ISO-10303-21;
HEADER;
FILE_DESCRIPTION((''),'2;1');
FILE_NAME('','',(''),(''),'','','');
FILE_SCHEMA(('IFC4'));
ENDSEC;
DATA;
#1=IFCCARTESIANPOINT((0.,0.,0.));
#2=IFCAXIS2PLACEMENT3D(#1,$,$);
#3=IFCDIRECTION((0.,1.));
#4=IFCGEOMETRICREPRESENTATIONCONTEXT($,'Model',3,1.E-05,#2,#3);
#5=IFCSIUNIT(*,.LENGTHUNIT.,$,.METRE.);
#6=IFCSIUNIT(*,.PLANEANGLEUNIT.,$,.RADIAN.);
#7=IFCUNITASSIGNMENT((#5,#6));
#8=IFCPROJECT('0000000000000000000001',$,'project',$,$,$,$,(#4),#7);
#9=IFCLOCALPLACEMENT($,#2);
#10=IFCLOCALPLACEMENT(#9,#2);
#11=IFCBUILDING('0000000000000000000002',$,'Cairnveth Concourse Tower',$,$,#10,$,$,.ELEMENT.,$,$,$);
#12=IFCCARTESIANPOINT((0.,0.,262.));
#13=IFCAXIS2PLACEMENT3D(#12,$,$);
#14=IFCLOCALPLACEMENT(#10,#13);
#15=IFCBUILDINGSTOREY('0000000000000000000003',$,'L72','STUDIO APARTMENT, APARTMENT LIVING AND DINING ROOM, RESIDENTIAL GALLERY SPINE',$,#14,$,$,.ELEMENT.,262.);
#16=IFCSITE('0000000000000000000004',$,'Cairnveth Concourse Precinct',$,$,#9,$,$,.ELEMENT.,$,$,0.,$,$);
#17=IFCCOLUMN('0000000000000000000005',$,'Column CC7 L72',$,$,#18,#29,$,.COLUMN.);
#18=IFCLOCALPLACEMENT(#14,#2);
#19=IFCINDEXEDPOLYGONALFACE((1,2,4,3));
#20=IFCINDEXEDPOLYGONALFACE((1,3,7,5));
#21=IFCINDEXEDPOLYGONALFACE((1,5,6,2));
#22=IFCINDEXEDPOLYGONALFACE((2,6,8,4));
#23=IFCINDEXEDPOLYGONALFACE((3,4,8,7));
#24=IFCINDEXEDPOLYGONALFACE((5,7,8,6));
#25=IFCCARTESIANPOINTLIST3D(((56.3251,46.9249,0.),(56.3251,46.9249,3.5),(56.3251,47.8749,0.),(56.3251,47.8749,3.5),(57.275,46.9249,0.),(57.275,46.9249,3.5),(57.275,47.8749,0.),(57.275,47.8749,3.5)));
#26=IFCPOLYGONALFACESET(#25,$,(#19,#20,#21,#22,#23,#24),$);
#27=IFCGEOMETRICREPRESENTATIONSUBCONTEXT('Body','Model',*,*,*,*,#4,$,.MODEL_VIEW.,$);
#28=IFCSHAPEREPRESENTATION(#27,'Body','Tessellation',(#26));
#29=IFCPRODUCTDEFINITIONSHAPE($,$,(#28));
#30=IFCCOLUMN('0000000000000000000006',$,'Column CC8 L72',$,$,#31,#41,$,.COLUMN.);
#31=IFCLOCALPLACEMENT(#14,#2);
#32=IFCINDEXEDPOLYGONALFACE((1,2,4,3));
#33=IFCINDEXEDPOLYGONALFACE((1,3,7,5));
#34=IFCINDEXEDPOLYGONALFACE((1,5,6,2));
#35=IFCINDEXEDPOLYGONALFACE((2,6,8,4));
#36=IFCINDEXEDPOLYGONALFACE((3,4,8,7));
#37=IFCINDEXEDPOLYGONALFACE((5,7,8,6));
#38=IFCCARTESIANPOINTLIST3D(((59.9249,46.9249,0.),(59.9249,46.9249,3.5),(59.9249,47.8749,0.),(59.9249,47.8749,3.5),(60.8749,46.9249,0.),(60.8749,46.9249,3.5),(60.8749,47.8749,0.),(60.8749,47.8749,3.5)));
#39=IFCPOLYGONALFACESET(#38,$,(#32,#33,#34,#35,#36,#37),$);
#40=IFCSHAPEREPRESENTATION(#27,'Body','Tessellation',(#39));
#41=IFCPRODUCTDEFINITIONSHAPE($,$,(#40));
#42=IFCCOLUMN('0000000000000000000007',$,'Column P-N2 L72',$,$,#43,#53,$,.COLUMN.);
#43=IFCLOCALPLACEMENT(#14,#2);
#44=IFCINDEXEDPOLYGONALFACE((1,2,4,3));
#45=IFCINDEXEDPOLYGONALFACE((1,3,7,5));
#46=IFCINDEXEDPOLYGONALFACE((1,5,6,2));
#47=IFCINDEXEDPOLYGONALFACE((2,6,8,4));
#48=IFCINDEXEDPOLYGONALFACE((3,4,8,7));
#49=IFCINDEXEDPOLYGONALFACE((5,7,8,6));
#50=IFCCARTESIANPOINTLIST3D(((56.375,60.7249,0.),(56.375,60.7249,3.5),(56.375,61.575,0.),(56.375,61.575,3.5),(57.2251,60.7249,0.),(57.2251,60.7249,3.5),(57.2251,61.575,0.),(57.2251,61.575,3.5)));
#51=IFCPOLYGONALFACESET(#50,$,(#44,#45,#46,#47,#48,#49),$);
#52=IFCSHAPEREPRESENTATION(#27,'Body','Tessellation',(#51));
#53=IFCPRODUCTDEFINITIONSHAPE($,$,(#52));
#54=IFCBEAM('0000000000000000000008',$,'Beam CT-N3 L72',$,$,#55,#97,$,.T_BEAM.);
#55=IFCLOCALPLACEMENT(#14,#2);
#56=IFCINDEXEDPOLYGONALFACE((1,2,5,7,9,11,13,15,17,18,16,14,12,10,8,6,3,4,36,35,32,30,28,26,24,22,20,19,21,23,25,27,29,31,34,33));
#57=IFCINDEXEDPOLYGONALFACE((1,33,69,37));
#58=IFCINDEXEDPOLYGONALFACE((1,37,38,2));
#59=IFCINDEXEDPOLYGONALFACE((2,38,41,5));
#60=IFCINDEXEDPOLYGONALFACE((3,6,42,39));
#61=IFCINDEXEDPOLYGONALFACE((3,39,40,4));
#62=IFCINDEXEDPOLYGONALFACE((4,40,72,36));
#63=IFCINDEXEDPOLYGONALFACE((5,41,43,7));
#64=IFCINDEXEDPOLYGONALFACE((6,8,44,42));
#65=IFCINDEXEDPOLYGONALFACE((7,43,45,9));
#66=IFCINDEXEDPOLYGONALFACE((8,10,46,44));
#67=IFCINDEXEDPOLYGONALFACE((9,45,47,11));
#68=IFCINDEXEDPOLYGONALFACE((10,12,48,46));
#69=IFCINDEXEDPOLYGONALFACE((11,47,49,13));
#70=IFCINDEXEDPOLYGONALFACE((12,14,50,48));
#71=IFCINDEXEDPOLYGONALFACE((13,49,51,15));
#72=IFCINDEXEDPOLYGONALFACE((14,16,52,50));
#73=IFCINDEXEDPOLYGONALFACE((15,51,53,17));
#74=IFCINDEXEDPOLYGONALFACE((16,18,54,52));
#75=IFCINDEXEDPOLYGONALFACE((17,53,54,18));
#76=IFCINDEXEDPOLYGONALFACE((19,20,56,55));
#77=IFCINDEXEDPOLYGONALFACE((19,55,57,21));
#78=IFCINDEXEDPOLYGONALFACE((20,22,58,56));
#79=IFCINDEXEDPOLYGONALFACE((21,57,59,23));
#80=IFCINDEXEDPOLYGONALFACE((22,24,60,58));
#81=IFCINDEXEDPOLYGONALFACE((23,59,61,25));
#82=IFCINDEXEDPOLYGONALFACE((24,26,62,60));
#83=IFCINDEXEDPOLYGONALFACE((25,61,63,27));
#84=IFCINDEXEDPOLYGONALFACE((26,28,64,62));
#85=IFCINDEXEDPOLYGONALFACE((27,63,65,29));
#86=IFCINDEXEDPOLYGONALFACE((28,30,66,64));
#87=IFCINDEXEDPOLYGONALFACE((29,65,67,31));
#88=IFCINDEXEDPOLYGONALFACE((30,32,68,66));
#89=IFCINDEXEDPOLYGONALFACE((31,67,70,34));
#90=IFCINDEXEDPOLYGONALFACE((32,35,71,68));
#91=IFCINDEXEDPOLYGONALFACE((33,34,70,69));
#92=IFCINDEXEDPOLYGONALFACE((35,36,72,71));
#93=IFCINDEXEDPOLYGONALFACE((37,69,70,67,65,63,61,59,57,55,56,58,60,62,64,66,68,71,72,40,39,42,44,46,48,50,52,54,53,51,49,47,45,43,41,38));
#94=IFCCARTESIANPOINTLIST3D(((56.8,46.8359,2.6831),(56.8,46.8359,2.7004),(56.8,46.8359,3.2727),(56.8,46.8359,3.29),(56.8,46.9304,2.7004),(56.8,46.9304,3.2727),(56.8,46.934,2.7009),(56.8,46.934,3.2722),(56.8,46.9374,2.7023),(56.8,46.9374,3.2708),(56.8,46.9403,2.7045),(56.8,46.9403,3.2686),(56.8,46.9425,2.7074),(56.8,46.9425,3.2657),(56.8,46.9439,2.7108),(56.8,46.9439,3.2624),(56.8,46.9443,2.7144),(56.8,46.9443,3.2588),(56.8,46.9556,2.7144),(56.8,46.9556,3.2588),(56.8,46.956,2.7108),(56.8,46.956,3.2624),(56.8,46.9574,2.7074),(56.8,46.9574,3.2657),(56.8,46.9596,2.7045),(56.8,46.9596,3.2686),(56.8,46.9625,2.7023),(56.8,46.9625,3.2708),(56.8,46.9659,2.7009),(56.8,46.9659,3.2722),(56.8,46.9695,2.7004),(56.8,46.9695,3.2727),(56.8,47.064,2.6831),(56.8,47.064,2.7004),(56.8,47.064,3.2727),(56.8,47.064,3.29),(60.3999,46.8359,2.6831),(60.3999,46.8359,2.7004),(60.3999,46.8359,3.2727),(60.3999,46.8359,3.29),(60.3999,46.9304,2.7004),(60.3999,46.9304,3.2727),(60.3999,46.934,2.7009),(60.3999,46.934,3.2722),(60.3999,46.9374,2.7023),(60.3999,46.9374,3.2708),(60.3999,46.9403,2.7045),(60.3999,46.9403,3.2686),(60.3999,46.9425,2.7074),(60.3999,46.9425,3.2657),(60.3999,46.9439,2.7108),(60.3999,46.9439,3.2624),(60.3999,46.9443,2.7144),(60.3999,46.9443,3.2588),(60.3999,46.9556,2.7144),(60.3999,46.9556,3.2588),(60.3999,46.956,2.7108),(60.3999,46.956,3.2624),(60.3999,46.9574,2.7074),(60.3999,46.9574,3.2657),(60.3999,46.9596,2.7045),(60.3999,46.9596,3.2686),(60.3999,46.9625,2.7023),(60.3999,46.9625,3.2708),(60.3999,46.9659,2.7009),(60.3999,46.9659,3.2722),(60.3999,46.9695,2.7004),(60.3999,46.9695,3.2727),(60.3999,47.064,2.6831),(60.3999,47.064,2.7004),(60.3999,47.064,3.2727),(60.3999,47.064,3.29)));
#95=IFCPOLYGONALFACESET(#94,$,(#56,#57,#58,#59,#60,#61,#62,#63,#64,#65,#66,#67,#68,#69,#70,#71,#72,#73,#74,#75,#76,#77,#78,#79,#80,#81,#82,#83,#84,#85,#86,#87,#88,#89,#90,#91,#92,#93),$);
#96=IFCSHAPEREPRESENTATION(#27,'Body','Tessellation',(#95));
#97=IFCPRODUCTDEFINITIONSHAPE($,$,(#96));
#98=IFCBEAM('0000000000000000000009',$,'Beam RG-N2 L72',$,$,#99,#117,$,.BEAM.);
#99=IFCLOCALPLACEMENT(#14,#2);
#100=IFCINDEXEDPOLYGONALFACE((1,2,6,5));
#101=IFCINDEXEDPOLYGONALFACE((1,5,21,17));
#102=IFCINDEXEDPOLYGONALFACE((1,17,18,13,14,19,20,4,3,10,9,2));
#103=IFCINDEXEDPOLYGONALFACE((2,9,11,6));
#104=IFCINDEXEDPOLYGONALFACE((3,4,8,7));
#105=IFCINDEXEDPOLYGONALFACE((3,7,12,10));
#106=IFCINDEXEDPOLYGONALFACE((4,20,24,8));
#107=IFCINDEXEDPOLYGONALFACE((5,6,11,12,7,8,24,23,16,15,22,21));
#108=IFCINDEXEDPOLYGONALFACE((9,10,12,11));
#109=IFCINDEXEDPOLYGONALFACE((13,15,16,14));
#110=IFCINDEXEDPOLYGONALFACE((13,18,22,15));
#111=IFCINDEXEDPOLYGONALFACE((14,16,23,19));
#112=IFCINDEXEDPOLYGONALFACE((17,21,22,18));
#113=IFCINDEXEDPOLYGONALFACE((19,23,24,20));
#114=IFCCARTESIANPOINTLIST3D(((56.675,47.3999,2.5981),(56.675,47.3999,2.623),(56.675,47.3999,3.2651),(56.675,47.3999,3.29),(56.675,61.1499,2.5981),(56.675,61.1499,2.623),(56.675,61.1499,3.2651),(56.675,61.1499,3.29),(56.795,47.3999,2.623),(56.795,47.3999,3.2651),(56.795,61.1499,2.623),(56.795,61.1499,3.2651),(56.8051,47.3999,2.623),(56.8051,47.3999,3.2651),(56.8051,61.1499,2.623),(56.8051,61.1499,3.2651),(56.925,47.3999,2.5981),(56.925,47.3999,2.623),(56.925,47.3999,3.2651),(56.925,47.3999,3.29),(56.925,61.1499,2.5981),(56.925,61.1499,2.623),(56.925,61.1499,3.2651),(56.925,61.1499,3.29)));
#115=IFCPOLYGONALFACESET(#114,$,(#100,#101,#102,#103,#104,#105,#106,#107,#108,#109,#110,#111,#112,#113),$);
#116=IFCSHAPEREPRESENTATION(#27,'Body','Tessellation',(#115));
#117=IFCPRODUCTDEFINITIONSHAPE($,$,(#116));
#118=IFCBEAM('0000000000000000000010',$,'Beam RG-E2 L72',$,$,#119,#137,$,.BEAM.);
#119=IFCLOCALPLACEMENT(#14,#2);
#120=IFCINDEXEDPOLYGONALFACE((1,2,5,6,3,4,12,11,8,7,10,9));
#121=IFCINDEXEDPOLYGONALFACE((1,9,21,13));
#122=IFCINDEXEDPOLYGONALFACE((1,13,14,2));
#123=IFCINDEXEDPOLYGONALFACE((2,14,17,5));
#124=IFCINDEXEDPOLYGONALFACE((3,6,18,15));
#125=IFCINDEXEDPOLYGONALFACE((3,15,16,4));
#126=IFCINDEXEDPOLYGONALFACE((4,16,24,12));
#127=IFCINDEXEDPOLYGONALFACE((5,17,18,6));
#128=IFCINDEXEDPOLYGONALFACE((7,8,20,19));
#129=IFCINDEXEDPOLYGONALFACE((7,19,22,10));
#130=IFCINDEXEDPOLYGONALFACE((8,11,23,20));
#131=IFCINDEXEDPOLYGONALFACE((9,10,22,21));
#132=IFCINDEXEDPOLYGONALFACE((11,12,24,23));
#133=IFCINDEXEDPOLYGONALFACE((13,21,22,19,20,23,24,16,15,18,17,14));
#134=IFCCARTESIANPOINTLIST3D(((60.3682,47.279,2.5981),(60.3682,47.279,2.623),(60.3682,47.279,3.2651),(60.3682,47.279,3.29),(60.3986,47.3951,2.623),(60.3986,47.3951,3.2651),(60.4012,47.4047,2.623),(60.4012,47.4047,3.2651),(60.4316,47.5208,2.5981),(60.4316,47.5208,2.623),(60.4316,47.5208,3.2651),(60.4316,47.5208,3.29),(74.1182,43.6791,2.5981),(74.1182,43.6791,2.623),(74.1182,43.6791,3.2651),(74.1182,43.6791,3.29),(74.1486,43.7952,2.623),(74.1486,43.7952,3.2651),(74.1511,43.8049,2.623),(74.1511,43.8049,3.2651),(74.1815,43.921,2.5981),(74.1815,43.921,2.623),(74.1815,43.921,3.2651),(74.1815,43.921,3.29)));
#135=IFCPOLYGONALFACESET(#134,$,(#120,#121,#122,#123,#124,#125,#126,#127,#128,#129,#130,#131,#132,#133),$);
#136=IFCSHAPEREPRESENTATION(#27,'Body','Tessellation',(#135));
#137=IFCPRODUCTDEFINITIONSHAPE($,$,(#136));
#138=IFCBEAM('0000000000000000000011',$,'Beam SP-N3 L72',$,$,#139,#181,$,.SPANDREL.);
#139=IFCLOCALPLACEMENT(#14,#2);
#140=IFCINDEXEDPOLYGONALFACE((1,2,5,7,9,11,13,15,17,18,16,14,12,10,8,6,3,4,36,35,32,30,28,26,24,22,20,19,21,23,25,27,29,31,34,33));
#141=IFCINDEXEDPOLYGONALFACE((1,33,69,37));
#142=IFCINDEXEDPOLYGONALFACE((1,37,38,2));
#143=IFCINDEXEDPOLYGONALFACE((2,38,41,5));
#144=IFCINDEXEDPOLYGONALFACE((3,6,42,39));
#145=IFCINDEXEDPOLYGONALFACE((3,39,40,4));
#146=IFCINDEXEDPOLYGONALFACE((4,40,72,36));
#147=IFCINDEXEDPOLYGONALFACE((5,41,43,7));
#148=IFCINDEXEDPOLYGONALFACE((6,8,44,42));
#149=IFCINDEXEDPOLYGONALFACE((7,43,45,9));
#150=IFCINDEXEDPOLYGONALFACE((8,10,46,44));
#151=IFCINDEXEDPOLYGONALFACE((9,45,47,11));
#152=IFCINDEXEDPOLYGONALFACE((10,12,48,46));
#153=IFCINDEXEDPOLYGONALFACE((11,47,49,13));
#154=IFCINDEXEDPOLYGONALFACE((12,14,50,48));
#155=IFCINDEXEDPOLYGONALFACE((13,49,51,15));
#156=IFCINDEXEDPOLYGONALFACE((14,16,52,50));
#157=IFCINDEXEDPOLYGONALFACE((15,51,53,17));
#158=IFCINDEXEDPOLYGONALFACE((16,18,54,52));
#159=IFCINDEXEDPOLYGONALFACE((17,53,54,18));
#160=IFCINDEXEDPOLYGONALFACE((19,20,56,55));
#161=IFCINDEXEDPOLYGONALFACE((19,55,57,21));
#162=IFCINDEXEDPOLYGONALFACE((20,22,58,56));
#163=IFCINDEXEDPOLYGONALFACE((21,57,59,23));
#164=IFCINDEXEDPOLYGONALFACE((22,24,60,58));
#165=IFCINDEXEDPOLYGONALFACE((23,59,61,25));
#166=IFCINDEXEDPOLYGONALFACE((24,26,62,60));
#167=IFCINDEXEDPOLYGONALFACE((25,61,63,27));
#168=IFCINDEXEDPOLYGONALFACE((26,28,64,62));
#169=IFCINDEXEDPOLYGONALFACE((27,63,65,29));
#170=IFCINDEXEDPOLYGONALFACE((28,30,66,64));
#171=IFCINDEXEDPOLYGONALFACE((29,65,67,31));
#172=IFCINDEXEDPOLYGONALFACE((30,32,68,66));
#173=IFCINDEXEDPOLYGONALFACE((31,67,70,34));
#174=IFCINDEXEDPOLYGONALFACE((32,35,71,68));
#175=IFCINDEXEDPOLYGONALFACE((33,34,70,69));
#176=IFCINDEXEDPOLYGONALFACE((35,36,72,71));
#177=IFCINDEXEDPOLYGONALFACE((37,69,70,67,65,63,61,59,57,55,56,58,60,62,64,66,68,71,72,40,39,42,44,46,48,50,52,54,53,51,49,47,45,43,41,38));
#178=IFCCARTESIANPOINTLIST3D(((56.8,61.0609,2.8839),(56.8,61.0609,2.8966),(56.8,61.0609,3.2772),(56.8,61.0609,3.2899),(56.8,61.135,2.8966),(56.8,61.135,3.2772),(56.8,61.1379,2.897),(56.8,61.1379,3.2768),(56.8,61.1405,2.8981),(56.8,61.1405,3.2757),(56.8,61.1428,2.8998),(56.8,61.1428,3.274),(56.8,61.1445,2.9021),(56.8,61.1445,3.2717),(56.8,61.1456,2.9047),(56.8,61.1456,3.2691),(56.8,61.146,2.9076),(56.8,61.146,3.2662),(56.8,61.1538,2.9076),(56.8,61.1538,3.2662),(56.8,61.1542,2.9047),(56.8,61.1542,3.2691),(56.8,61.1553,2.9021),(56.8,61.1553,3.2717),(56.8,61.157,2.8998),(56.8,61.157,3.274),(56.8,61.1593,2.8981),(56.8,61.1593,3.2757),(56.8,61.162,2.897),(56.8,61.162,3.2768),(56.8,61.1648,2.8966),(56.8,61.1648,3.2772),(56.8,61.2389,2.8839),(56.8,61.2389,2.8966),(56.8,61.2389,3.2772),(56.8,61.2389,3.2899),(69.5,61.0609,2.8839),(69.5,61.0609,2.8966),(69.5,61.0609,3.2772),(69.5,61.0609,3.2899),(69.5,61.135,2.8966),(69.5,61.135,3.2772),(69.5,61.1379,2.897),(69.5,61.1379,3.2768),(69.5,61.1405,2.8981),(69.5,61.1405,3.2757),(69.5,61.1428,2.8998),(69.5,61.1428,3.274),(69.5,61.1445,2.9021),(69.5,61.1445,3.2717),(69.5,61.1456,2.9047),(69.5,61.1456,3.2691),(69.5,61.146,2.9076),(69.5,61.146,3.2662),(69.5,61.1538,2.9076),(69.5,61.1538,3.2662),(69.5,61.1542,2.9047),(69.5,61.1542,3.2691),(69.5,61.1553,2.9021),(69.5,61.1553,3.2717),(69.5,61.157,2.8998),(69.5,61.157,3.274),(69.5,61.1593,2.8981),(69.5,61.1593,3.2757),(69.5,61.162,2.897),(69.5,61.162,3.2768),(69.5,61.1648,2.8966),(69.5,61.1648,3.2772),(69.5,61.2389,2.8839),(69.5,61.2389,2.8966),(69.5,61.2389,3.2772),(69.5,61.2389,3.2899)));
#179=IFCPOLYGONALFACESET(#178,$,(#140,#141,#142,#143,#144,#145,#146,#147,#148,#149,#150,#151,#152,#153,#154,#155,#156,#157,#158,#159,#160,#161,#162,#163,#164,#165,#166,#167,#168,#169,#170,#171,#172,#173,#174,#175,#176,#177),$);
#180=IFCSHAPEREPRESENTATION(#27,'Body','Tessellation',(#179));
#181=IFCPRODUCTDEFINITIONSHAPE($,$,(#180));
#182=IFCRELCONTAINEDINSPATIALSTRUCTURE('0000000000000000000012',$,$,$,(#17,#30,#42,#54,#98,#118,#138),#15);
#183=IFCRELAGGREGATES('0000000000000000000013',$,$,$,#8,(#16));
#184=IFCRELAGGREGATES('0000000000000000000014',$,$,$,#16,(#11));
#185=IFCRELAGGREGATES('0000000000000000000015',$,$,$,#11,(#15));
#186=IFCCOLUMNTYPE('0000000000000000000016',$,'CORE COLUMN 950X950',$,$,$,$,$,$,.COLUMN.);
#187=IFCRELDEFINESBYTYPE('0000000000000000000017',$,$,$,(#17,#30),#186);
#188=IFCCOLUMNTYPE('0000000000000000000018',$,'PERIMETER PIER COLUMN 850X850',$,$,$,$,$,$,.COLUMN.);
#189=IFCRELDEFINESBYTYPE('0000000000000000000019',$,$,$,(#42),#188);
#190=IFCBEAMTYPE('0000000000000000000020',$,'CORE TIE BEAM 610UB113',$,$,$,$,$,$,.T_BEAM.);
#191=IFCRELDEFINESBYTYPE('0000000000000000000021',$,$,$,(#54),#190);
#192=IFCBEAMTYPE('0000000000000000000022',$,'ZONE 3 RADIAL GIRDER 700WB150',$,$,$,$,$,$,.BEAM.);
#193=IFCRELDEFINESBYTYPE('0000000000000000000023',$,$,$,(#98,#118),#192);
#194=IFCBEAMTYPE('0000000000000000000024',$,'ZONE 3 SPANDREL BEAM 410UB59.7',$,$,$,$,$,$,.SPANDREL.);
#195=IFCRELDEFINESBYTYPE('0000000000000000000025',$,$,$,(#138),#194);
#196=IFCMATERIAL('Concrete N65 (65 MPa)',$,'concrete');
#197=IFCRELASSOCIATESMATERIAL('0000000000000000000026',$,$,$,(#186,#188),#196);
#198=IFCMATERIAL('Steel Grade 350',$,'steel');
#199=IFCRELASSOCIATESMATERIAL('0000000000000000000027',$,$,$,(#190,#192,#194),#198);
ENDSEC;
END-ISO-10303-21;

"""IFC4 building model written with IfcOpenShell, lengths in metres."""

from ifc_helpers import new_model, si_unit, direction, frame, origin, origin_2d, place, context, subcontext, project, spatial, rectangle, i_section, extrude, material, material_profile, profile_set, type_object, element, save


model = new_model("IFC4")

# Units and contexts
model_context = context("Model", 3, precision=1e-05, world=origin(), true_north=direction((0.0, 1.0)))
body_context = subcontext(model_context, "Body", "Model", "MODEL_VIEW")
ifc_project = project(units=[si_unit("LENGTHUNIT", "METRE"), si_unit("PLANEANGLEUNIT", "RADIAN")], contexts=[model_context])

# Site, building, storey
site_placement = place(None, origin())
site = spatial("IfcSite", under=ifc_project, at=site_placement, Name="Cairnveth Concourse Precinct", CompositionType="ELEMENT", RefElevation=0.0)
building_placement = place(site_placement, origin())
building = spatial("IfcBuilding", under=site, at=building_placement, Name="Cairnveth Concourse Tower", CompositionType="ELEMENT")
storey_placement = place(building_placement, frame((0.0, 0.0, 262.0)))
storey = spatial("IfcBuildingStorey", under=building, at=storey_placement, Name="L72", Description="STUDIO APARTMENT, APARTMENT LIVING AND DINING ROOM, RESIDENTIAL GALLERY SPINE", CompositionType="ELEMENT", Elevation=262.0)

# Columns
ifc_material_1 = material(Name="Concrete N65 (65 MPa)", Category="concrete")
ifc_material_profile_1 = material_profile(ifc_material_1, rectangle(XDim=0.95, YDim=0.95, at=origin_2d()), Name="RC-COL-950x950")
ifc_profile_set_1 = profile_set([ifc_material_profile_1], Name="Concrete N65 (65 MPa)")
column_type_1 = type_object("IfcColumnType", Name="CORE COLUMN 950X950", PredefinedType="COLUMN", material=ifc_profile_set_1)
for number, where, z_axis, x_axis, name in (
    (1, (56.8, 47.3999, 0.0), (0.0, 0.0, 1.0), (1.0, 0.0, 0.0), "Column CC7 L72"),
    (2, (60.3999, 47.3999, 0.0), (0.0, 0.0, 1.0), (1.0, 0.0, 0.0), "Column CC8 L72"),
):
    element("IfcColumn", number, at=place(storey_placement, frame(where, z_axis=z_axis, x_axis=x_axis)), inside=storey, type_object=column_type_1, Name=name, PredefinedType="COLUMN", context=body_context, shape_type="SweptSolid", body=[
        extrude(rectangle(XDim=0.95, YDim=0.95, at=origin_2d()), origin(), (0.0, 0.0, 1.0), 3.5),
    ])
ifc_material_profile_2 = material_profile(ifc_material_1, rectangle(XDim=0.8501, YDim=0.8501, at=origin_2d()), Name="RC-COL-850x850")
ifc_profile_set_2 = profile_set([ifc_material_profile_2], Name="Concrete N65 (65 MPa)")
column_type_2 = type_object("IfcColumnType", Name="PERIMETER PIER COLUMN 850X850", PredefinedType="COLUMN", material=ifc_profile_set_2)
column_placement = place(storey_placement, frame((56.8, 61.1499, 0.0), z_axis=(0.0, 0.0, 1.0), x_axis=(1.0, 0.0, 0.0)))
element("IfcColumn", 3, at=column_placement, inside=storey, type_object=column_type_2, Name="Column P-N2 L72", PredefinedType="COLUMN", context=body_context, shape_type="SweptSolid", body=[
    extrude(rectangle(XDim=0.8501, YDim=0.8501, at=origin_2d()), origin(), (0.0, 0.0, 1.0), 3.5),
])

# Beams
ifc_material_2 = material(Name="Steel Grade 350", Category="steel")
ifc_material_profile_3 = material_profile(ifc_material_2, i_section(OverallWidth=0.228, OverallDepth=0.6069, WebThickness=0.0112, FlangeThickness=0.0173, FilletRadius=0.0139, at=origin_2d()), Name="610UB113")
ifc_profile_set_3 = profile_set([ifc_material_profile_3], Name="Steel Grade 350")
beam_type_1 = type_object("IfcBeamType", Name="CORE TIE BEAM 610UB113", PredefinedType="T_BEAM", material=ifc_profile_set_3)
beam_1_placement = place(storey_placement, frame((56.8, 46.95, 2.9866), z_axis=(1.0, 0.0, 0.0), x_axis=(0.0, 1.0, 0.0)))
element("IfcBeam", 4, at=beam_1_placement, inside=storey, type_object=beam_type_1, Name="Beam CT-N3 L72", PredefinedType="T_BEAM", context=body_context, shape_type="SweptSolid", body=[
    extrude(i_section(OverallWidth=0.228, OverallDepth=0.6069, WebThickness=0.0112, FlangeThickness=0.0173, FilletRadius=0.0139, at=origin_2d()), origin(), (0.0, 0.0, 1.0), 3.5999),
])
ifc_material_profile_4 = material_profile(ifc_material_2, i_section(OverallWidth=0.25, OverallDepth=0.6919, WebThickness=0.01, FlangeThickness=0.0249, at=origin_2d()), Name="700WB150")
ifc_profile_set_4 = profile_set([ifc_material_profile_4], Name="Steel Grade 350")
beam_type_2 = type_object("IfcBeamType", Name="ZONE 3 RADIAL GIRDER 700WB150", PredefinedType="BEAM", material=ifc_profile_set_4)
beam_2_placement = place(storey_placement, frame((56.8, 47.3999, 2.9441), z_axis=(0.0, 1.0, 0.0), x_axis=(-1.0, 0.0, 0.0)))
element("IfcBeam", 5, at=beam_2_placement, inside=storey, type_object=beam_type_2, Name="Beam RG-N2 L72", PredefinedType="BEAM", context=body_context, shape_type="SweptSolid", body=[
    extrude(i_section(OverallWidth=0.25, OverallDepth=0.6919, WebThickness=0.01, FlangeThickness=0.0249, at=origin_2d()), origin(), (0.0, 0.0, 1.0), 13.75),
])
beam_3_placement = place(storey_placement, frame((60.3999, 47.3999, 2.9441), z_axis=(0.967395, -0.253271, 0.0), x_axis=(0.253271, 0.967395, 0.0)))
element("IfcBeam", 6, at=beam_3_placement, inside=storey, type_object=beam_type_2, Name="Beam RG-E2 L72", PredefinedType="BEAM", context=body_context, shape_type="SweptSolid", body=[
    extrude(i_section(OverallWidth=0.25, OverallDepth=0.6919, WebThickness=0.01, FlangeThickness=0.0249, at=origin_2d()), origin(), (0.0, 0.0, 1.0), 14.2134),
])
ifc_material_profile_5 = material_profile(ifc_material_2, i_section(OverallWidth=0.178, OverallDepth=0.406, WebThickness=0.0078, FlangeThickness=0.0127, FilletRadius=0.011, at=origin_2d()), Name="410UB59.7")
ifc_profile_set_5 = profile_set([ifc_material_profile_5], Name="Steel Grade 350")
beam_type_3 = type_object("IfcBeamType", Name="ZONE 3 SPANDREL BEAM 410UB59.7", PredefinedType="SPANDREL", material=ifc_profile_set_5)
beam_4_placement = place(storey_placement, frame((56.8, 61.1499, 3.0869), z_axis=(1.0, 0.0, 0.0), x_axis=(0.0, 1.0, 0.0)))
element("IfcBeam", 7, at=beam_4_placement, inside=storey, type_object=beam_type_3, Name="Beam SP-N3 L72", PredefinedType="SPANDREL", context=body_context, shape_type="SweptSolid", body=[
    extrude(i_section(OverallWidth=0.178, OverallDepth=0.406, WebThickness=0.0078, FlangeThickness=0.0127, FilletRadius=0.011, at=origin_2d()), origin(), (0.0, 0.0, 1.0), 12.7),
])

save(model, "model.ifc")
